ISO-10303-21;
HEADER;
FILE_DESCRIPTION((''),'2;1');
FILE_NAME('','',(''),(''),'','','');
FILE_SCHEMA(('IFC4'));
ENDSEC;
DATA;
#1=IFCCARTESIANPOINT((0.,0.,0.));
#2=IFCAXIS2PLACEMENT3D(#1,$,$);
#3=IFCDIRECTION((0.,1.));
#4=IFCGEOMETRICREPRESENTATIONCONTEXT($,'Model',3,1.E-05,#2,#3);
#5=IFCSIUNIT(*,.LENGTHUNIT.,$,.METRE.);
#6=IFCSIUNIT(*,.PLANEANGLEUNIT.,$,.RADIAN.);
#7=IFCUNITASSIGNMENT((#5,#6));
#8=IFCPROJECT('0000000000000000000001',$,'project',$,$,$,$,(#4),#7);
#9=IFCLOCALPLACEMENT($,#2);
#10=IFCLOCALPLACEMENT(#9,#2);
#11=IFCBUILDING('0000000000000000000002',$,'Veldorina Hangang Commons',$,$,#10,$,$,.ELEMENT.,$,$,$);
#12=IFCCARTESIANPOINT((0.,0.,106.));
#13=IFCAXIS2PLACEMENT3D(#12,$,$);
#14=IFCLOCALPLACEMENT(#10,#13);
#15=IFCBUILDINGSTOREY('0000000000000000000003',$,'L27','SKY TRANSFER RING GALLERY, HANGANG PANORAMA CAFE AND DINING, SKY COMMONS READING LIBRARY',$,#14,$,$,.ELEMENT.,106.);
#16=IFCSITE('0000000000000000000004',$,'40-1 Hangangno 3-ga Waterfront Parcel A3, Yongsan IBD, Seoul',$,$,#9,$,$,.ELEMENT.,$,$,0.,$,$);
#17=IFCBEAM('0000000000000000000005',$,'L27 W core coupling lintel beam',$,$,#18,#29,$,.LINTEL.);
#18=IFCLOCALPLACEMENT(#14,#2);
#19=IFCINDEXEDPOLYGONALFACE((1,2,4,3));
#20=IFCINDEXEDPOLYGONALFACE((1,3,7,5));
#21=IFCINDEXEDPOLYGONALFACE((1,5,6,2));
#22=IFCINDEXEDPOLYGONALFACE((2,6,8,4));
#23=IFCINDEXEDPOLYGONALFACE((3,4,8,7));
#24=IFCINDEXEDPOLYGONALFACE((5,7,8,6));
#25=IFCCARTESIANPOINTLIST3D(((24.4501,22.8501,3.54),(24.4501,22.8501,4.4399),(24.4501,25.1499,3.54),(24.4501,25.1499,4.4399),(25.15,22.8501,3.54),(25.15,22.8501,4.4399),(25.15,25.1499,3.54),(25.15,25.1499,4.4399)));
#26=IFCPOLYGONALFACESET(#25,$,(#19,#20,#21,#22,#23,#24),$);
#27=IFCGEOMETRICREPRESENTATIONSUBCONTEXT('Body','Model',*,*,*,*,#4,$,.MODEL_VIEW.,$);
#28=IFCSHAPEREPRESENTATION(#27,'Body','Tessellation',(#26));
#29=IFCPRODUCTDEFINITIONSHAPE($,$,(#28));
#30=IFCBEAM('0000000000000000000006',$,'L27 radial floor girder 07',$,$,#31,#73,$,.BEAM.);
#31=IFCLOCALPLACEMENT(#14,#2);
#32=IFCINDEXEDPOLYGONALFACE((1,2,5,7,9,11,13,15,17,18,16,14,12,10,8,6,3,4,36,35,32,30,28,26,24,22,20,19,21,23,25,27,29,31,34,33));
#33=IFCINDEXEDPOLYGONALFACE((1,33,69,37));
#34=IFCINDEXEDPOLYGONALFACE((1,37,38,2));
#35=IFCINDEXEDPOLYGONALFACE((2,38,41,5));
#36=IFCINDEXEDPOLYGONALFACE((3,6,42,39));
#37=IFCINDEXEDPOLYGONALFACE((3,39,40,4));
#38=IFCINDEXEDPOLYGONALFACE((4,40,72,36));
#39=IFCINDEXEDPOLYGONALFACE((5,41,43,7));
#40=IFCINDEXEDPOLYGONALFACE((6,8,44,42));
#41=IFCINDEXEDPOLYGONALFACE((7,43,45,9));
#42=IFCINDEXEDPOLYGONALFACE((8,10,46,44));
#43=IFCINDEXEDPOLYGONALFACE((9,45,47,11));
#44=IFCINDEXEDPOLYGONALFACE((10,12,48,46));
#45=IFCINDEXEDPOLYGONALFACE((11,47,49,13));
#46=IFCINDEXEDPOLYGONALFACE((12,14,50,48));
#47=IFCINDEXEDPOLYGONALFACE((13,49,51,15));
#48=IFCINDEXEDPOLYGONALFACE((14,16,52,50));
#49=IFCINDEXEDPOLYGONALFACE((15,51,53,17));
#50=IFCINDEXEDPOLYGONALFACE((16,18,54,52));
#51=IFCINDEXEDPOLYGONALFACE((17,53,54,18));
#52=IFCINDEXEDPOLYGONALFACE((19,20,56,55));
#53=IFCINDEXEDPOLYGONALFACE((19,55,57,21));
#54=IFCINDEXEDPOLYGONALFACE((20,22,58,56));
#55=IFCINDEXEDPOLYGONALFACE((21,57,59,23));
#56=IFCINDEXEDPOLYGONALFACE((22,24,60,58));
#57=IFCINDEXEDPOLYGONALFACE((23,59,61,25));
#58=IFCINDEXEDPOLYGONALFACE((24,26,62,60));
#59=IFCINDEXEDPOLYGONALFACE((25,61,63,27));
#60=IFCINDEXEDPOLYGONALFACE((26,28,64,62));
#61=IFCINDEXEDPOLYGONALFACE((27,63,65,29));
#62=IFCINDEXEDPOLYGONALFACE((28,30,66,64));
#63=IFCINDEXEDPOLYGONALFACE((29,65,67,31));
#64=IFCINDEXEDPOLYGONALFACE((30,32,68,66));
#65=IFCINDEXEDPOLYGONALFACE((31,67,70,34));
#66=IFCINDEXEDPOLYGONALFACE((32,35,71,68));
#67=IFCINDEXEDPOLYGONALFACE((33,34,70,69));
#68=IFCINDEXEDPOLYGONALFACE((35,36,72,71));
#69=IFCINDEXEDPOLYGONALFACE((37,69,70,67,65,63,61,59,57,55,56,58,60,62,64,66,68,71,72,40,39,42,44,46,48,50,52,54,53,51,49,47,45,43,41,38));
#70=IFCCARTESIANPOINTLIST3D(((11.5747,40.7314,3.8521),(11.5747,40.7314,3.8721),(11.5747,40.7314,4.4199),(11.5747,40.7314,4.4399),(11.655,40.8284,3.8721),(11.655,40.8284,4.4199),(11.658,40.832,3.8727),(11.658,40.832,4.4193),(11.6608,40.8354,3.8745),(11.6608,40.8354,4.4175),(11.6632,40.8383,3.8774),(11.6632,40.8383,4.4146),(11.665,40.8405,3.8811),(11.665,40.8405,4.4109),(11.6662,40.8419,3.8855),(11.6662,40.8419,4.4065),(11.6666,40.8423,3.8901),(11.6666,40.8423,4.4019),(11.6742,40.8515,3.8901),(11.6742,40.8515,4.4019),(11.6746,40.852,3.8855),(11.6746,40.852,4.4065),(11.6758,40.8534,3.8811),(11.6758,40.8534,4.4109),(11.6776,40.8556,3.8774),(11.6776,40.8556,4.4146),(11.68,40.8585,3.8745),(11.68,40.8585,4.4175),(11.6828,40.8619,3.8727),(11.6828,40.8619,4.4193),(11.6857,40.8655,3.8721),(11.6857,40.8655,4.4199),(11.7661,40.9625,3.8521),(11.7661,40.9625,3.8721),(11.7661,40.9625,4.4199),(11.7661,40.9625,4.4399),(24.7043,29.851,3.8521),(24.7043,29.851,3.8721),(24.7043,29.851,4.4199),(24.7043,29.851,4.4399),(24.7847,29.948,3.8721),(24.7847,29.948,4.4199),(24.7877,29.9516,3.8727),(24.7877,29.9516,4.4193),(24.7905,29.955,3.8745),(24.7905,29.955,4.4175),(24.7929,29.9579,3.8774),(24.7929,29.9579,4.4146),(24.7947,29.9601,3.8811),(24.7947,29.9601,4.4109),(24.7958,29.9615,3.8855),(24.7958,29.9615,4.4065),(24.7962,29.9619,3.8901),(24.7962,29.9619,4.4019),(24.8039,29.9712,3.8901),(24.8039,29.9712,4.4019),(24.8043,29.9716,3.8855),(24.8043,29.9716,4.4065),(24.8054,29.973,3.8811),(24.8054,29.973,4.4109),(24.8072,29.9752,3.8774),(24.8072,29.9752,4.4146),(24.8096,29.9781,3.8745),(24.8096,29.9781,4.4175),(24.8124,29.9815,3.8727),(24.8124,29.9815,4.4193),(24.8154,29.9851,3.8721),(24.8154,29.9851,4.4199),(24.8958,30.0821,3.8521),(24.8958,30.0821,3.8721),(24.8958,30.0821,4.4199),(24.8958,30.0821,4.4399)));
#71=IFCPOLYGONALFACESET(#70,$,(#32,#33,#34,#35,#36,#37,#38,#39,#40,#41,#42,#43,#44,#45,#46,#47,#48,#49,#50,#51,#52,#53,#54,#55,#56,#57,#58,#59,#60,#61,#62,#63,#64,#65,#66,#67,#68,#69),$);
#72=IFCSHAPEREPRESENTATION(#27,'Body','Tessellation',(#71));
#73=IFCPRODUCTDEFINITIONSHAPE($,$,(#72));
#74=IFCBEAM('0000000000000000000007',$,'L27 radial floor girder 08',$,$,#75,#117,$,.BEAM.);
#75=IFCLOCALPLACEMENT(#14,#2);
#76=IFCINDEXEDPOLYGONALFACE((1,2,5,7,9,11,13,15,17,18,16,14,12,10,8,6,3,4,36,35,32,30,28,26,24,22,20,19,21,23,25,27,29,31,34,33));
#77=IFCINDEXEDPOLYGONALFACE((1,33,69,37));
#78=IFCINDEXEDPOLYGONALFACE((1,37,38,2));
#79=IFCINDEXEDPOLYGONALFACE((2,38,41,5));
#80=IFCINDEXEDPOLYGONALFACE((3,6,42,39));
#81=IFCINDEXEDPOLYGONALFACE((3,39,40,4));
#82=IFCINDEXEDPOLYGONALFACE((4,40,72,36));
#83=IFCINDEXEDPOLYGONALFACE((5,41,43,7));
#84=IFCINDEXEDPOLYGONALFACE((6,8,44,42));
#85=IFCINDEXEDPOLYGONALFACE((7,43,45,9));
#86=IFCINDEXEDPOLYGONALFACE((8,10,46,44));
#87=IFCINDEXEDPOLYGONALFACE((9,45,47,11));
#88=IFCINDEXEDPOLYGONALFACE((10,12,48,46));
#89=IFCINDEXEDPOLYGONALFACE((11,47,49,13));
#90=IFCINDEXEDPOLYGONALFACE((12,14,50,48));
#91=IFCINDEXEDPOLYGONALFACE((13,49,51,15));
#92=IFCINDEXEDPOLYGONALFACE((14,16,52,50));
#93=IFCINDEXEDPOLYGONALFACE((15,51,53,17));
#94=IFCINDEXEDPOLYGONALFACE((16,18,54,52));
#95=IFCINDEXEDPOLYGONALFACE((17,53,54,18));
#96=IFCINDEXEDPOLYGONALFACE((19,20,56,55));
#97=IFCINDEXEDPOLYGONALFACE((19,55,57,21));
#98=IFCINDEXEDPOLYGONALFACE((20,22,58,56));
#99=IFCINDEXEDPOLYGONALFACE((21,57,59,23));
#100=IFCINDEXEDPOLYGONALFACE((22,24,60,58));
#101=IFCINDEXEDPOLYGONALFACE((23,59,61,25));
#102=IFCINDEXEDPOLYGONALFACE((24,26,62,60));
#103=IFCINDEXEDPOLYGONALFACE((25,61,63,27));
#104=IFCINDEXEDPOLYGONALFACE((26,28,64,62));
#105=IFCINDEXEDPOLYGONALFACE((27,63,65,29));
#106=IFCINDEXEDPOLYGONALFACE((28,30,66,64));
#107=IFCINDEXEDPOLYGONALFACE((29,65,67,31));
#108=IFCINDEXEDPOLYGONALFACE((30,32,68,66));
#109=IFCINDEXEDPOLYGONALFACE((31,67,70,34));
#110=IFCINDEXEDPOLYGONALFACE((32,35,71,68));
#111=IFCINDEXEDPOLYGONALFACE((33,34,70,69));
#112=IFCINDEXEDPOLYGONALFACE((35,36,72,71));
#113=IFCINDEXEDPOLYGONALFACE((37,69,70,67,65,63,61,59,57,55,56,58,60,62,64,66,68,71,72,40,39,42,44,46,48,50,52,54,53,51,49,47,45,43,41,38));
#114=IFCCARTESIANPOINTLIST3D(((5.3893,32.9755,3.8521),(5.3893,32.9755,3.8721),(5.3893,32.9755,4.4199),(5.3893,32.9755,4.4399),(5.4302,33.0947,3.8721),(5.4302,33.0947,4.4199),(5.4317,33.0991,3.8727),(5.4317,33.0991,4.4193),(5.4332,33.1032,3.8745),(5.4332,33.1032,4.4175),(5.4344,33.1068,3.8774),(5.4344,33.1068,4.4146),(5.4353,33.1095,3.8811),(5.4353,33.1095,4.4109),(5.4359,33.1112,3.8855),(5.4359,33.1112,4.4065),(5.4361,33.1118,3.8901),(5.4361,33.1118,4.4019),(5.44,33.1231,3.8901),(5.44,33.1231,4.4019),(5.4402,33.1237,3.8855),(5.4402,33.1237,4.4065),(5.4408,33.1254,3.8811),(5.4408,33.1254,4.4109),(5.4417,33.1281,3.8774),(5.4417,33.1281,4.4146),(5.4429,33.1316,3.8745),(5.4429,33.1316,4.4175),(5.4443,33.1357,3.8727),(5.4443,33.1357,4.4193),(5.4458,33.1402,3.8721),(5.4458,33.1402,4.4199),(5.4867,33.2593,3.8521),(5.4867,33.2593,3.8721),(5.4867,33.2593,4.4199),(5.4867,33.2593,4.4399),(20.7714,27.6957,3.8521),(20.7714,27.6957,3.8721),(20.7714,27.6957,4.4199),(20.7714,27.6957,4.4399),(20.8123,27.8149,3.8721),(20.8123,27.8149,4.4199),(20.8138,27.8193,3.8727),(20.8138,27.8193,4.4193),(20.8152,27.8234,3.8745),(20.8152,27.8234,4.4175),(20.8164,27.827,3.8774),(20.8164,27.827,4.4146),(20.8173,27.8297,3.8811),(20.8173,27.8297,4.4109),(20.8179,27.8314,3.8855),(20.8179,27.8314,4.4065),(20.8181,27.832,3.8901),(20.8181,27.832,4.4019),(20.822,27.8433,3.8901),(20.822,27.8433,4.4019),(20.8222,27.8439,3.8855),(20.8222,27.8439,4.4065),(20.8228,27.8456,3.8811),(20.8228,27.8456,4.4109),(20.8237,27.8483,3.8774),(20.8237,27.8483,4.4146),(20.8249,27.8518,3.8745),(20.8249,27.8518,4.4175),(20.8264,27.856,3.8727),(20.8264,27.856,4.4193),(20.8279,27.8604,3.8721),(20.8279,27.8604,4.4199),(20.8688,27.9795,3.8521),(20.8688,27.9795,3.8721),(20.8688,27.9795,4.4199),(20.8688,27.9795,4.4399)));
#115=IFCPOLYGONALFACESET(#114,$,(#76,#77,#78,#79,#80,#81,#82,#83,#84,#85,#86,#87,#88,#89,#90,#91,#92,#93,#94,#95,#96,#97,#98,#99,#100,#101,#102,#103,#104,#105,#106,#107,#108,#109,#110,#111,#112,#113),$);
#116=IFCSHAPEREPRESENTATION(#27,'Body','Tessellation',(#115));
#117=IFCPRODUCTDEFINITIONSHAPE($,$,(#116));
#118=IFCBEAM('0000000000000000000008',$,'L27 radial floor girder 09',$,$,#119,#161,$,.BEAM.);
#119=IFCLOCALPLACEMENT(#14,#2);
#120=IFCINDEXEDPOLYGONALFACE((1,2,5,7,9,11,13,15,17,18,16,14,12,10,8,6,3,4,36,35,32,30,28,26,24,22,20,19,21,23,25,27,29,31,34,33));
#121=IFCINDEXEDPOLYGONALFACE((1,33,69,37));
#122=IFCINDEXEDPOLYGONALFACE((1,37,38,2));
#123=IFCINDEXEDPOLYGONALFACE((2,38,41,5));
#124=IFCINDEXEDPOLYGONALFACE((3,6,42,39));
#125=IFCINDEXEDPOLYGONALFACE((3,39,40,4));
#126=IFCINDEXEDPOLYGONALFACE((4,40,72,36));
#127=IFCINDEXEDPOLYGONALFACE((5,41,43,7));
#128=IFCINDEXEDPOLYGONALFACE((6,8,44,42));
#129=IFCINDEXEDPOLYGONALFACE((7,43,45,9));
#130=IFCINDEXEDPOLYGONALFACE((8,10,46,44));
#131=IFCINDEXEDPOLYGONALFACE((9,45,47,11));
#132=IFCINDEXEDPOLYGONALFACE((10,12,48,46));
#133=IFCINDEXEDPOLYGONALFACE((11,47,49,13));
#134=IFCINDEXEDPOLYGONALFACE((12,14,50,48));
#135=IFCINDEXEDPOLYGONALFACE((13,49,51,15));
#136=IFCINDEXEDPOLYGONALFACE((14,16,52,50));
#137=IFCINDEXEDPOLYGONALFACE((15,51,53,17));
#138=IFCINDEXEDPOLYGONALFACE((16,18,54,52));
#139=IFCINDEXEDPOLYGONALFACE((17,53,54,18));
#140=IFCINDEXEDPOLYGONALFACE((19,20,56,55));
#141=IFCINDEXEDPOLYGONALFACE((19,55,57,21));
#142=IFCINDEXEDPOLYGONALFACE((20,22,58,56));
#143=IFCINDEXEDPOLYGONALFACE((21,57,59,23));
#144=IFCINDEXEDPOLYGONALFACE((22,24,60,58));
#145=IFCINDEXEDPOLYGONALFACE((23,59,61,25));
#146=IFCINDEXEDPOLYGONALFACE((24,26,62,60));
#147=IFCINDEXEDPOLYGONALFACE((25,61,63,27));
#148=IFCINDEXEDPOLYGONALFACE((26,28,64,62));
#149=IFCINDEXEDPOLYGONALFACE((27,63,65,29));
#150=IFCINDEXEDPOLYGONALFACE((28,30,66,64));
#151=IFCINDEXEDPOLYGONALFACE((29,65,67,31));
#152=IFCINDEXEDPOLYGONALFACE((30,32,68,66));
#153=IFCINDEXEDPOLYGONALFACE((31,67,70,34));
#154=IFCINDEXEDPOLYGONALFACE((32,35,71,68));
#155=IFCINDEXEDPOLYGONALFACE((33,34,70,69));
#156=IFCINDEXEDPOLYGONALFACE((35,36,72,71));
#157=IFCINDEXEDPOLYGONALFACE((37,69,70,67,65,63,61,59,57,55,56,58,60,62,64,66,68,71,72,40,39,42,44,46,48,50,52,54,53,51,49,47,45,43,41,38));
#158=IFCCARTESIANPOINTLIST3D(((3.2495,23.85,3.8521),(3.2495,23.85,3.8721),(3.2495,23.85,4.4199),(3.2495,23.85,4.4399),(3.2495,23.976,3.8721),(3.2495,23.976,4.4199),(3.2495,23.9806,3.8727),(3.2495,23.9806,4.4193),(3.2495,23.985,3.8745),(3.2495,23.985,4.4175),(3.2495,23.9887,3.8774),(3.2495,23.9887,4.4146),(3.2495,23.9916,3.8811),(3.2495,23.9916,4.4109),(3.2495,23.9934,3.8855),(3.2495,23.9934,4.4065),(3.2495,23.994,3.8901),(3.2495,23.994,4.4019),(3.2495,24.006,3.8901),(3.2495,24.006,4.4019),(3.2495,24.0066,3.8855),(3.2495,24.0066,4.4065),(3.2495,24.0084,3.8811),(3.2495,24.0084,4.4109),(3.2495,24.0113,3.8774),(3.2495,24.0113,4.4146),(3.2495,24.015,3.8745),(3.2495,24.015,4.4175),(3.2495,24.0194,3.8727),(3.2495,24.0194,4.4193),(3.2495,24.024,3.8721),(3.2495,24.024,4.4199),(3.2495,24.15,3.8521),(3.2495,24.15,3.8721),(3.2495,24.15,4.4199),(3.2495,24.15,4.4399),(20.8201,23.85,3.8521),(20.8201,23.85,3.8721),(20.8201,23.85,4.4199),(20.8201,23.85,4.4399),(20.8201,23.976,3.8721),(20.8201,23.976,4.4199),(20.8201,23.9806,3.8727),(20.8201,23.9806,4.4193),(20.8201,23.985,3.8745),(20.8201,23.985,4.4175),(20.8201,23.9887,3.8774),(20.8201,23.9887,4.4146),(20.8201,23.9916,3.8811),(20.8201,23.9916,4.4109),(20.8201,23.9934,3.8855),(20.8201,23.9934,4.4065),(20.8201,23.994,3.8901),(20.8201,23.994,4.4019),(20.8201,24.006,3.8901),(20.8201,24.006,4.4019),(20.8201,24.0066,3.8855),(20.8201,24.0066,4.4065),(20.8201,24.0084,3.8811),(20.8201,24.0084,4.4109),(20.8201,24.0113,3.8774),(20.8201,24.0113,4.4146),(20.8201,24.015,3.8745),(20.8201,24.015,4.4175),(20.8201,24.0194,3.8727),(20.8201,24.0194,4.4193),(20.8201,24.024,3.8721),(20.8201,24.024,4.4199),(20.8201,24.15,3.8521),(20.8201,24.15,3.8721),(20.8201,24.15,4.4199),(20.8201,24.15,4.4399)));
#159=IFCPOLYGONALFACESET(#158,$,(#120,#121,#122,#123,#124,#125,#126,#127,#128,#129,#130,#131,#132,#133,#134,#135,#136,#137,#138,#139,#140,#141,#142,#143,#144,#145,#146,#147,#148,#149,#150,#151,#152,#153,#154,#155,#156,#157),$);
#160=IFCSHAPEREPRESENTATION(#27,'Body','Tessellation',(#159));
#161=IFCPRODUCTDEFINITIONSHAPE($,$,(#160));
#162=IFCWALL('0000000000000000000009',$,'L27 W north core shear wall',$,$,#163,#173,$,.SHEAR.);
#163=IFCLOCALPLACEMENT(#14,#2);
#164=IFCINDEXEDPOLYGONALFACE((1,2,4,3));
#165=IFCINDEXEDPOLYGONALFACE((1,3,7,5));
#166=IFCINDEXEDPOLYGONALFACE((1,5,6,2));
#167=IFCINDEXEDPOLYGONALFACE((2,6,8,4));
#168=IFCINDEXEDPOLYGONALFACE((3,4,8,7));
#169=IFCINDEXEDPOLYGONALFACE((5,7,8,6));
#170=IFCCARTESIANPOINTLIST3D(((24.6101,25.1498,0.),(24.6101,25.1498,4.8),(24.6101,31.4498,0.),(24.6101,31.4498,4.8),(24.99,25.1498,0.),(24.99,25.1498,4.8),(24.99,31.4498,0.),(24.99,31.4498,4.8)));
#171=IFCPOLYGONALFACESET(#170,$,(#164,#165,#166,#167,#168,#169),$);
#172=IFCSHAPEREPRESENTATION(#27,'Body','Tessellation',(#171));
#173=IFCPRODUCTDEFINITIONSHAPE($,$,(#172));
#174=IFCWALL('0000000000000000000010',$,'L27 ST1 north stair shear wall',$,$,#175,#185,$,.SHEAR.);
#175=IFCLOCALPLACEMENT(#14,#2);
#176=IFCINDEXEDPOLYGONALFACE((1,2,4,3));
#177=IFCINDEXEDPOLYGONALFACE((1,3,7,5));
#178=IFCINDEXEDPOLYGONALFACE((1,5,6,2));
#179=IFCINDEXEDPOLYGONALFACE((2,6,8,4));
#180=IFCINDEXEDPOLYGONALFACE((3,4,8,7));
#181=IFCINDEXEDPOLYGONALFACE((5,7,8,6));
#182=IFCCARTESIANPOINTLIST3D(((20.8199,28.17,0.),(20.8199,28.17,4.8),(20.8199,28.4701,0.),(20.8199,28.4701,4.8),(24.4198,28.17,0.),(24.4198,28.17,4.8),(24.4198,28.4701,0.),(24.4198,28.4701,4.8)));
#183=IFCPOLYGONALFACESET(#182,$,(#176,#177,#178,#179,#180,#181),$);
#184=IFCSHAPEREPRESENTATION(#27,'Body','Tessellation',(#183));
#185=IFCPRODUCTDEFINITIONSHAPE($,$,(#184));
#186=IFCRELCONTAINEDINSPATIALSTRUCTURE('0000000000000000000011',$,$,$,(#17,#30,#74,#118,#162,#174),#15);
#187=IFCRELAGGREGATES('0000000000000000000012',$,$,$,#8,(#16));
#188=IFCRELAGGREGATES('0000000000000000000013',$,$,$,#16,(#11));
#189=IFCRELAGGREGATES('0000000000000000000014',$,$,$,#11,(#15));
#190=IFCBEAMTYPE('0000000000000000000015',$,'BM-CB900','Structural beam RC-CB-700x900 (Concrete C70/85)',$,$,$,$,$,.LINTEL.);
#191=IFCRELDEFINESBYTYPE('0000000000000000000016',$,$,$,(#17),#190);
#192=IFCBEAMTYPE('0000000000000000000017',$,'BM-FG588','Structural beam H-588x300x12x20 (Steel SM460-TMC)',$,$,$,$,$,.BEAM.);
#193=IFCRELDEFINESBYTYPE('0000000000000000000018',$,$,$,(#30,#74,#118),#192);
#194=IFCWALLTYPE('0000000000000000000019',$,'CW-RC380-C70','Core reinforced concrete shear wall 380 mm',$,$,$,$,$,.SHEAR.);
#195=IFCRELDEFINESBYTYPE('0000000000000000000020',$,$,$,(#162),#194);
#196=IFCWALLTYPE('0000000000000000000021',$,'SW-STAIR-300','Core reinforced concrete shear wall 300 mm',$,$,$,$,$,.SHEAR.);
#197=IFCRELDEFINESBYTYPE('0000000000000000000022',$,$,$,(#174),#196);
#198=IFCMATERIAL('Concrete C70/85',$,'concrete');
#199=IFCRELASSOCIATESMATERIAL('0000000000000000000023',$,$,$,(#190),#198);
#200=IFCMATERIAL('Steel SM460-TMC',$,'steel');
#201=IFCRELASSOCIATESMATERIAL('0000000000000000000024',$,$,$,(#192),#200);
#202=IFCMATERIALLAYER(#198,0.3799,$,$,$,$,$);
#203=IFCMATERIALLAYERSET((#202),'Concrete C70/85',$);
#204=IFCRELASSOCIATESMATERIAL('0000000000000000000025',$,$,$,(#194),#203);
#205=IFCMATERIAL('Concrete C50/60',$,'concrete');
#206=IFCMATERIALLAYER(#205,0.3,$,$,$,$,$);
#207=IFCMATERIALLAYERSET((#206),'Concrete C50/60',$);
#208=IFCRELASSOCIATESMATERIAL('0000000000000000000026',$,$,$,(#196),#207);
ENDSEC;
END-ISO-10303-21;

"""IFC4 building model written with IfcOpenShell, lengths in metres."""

from ifc_helpers import new_model, si_unit, direction, frame, frame_2d, origin, origin_2d, place, context, subcontext, project, spatial, rectangle, i_section, extrude, material, layer, layer_set, material_profile, profile_set, type_object, element, save


model = new_model("IFC4")

# Units and contexts
model_context = context("Model", 3, precision=1e-05, world=origin(), true_north=direction((0.0, 1.0)))
body_context = subcontext(model_context, "Body", "Model", "MODEL_VIEW")
ifc_project = project(units=[si_unit("LENGTHUNIT", "METRE"), si_unit("PLANEANGLEUNIT", "RADIAN")], contexts=[model_context])

# Site, building, storey
site_placement = place(None, origin())
site = spatial("IfcSite", under=ifc_project, at=site_placement, Name="40-1 Hangangno 3-ga Waterfront Parcel A3, Yongsan IBD, Seoul", CompositionType="ELEMENT", RefElevation=0.0)
building_placement = place(site_placement, origin())
building = spatial("IfcBuilding", under=site, at=building_placement, Name="Veldorina Hangang Commons", CompositionType="ELEMENT")
storey_placement = place(building_placement, frame((0.0, 0.0, 106.0)))
storey = spatial("IfcBuildingStorey", under=building, at=storey_placement, Name="L27", Description="SKY TRANSFER RING GALLERY, HANGANG PANORAMA CAFE AND DINING, SKY COMMONS READING LIBRARY", CompositionType="ELEMENT", Elevation=106.0)

# Beams
ifc_material_1 = material(Name="Concrete C70/85", Category="concrete")
ifc_material_profile_1 = material_profile(ifc_material_1, rectangle(XDim=0.7, YDim=0.8999, at=origin_2d()), Name="RC-CB-700x900")
ifc_profile_set_1 = profile_set([ifc_material_profile_1], Name="Concrete C70/85")
beam_type_1 = type_object("IfcBeamType", Name="BM-CB900", Description="Structural beam RC-CB-700x900 (Concrete C70/85)", PredefinedType="LINTEL", material=ifc_profile_set_1)
beam_1_placement = place(storey_placement, frame((24.8, 22.8501, 3.99), z_axis=(0.0, 1.0, 0.0), x_axis=(-1.0, 0.0, 0.0)))
element("IfcBeam", 1, at=beam_1_placement, inside=storey, type_object=beam_type_1, Name="L27 W core coupling lintel beam", PredefinedType="LINTEL", context=body_context, shape_type="SweptSolid", body=[
    extrude(rectangle(XDim=0.7, YDim=0.8999, at=origin_2d()), origin(), (0.0, 0.0, 1.0), 2.2998),
])
ifc_material_2 = material(Name="Steel SM460-TMC", Category="steel")
ifc_material_profile_2 = material_profile(ifc_material_2, i_section(OverallWidth=0.3, OverallDepth=0.5879, WebThickness=0.012, FlangeThickness=0.02, FilletRadius=0.0181, at=origin_2d()), Name="H-588x300x12x20")
ifc_profile_set_2 = profile_set([ifc_material_profile_2], Name="Steel SM460-TMC")
beam_type_2 = type_object("IfcBeamType", Name="BM-FG588", Description="Structural beam H-588x300x12x20 (Steel SM460-TMC)", PredefinedType="BEAM", material=ifc_profile_set_2)
beam_2_placement = place(storey_placement, frame((24.8, 29.9666, 4.146), z_axis=(-0.769978, 0.638071, 0.0), x_axis=(-0.638071, -0.769978, 0.0)))
element("IfcBeam", 2, at=beam_2_placement, inside=storey, type_object=beam_type_2, Name="L27 radial floor girder 07", PredefinedType="BEAM", context=body_context, shape_type="SweptSolid", body=[
    extrude(i_section(OverallWidth=0.3, OverallDepth=0.5879, WebThickness=0.012, FlangeThickness=0.02, FilletRadius=0.0181, at=origin_2d()), origin(), (0.0, 0.0, 1.0), 17.052),
])
beam_3_placement = place(storey_placement, frame((20.8201, 27.8376, 4.146), z_axis=(-0.945834, 0.324651, 0.0), x_axis=(-0.324651, -0.945834, 0.0)))
element("IfcBeam", 3, at=beam_3_placement, inside=storey, type_object=beam_type_2, Name="L27 radial floor girder 08", PredefinedType="BEAM", context=body_context, shape_type="SweptSolid", body=[
    extrude(i_section(OverallWidth=0.3, OverallDepth=0.5879, WebThickness=0.012, FlangeThickness=0.02, FilletRadius=0.0181, at=origin_2d()), origin(), (0.0, 0.0, 1.0), 16.2629),
])
beam_4_placement = place(storey_placement, frame((20.8201, 24.0, 4.146), z_axis=(-1.0, 0.0, 0.0), x_axis=(0.0, -1.0, 0.0)))
element("IfcBeam", 4, at=beam_4_placement, inside=storey, type_object=beam_type_2, Name="L27 radial floor girder 09", PredefinedType="BEAM", context=body_context, shape_type="SweptSolid", body=[
    extrude(i_section(OverallWidth=0.3, OverallDepth=0.5879, WebThickness=0.012, FlangeThickness=0.02, FilletRadius=0.0181, at=origin_2d()), origin(), (0.0, 0.0, 1.0), 17.5706),
])

# Walls
ifc_layer_1 = layer(ifc_material_1, 0.3799)
ifc_layer_set_1 = layer_set([ifc_layer_1], Name="Concrete C70/85")
wall_type_1 = type_object("IfcWallType", Name="CW-RC380-C70", Description="Core reinforced concrete shear wall 380 mm", PredefinedType="SHEAR", material=ifc_layer_set_1)
wall_1_placement = place(storey_placement, frame((24.8, 25.1499, 0.0), z_axis=(0.0, 0.0, 1.0), x_axis=(0.0, 1.0, 0.0)))
element("IfcWall", 5, at=wall_1_placement, inside=storey, type_object=wall_type_1, Name="L27 W north core shear wall", PredefinedType="SHEAR", context=body_context, shape_type="SweptSolid", body=[
    extrude(rectangle(XDim=6.3, YDim=0.3799, at=frame_2d((3.1499, 0.0))), origin(), (0.0, 0.0, 1.0), 4.8),
])
ifc_material_3 = material(Name="Concrete C50/60", Category="concrete")
ifc_layer_2 = layer(ifc_material_3, 0.3)
ifc_layer_set_2 = layer_set([ifc_layer_2], Name="Concrete C50/60")
wall_type_2 = type_object("IfcWallType", Name="SW-STAIR-300", Description="Core reinforced concrete shear wall 300 mm", PredefinedType="SHEAR", material=ifc_layer_set_2)
wall_2_placement = place(storey_placement, frame((20.8201, 28.3201, 0.0), z_axis=(0.0, 0.0, 1.0), x_axis=(1.0, 0.0, 0.0)))
element("IfcWall", 6, at=wall_2_placement, inside=storey, type_object=wall_type_2, Name="L27 ST1 north stair shear wall", PredefinedType="SHEAR", context=body_context, shape_type="SweptSolid", body=[
    extrude(rectangle(XDim=3.5999, YDim=0.3, at=frame_2d((1.7998, 0.0))), origin(), (0.0, 0.0, 1.0), 4.8),
])

save(model, "model.ifc")
